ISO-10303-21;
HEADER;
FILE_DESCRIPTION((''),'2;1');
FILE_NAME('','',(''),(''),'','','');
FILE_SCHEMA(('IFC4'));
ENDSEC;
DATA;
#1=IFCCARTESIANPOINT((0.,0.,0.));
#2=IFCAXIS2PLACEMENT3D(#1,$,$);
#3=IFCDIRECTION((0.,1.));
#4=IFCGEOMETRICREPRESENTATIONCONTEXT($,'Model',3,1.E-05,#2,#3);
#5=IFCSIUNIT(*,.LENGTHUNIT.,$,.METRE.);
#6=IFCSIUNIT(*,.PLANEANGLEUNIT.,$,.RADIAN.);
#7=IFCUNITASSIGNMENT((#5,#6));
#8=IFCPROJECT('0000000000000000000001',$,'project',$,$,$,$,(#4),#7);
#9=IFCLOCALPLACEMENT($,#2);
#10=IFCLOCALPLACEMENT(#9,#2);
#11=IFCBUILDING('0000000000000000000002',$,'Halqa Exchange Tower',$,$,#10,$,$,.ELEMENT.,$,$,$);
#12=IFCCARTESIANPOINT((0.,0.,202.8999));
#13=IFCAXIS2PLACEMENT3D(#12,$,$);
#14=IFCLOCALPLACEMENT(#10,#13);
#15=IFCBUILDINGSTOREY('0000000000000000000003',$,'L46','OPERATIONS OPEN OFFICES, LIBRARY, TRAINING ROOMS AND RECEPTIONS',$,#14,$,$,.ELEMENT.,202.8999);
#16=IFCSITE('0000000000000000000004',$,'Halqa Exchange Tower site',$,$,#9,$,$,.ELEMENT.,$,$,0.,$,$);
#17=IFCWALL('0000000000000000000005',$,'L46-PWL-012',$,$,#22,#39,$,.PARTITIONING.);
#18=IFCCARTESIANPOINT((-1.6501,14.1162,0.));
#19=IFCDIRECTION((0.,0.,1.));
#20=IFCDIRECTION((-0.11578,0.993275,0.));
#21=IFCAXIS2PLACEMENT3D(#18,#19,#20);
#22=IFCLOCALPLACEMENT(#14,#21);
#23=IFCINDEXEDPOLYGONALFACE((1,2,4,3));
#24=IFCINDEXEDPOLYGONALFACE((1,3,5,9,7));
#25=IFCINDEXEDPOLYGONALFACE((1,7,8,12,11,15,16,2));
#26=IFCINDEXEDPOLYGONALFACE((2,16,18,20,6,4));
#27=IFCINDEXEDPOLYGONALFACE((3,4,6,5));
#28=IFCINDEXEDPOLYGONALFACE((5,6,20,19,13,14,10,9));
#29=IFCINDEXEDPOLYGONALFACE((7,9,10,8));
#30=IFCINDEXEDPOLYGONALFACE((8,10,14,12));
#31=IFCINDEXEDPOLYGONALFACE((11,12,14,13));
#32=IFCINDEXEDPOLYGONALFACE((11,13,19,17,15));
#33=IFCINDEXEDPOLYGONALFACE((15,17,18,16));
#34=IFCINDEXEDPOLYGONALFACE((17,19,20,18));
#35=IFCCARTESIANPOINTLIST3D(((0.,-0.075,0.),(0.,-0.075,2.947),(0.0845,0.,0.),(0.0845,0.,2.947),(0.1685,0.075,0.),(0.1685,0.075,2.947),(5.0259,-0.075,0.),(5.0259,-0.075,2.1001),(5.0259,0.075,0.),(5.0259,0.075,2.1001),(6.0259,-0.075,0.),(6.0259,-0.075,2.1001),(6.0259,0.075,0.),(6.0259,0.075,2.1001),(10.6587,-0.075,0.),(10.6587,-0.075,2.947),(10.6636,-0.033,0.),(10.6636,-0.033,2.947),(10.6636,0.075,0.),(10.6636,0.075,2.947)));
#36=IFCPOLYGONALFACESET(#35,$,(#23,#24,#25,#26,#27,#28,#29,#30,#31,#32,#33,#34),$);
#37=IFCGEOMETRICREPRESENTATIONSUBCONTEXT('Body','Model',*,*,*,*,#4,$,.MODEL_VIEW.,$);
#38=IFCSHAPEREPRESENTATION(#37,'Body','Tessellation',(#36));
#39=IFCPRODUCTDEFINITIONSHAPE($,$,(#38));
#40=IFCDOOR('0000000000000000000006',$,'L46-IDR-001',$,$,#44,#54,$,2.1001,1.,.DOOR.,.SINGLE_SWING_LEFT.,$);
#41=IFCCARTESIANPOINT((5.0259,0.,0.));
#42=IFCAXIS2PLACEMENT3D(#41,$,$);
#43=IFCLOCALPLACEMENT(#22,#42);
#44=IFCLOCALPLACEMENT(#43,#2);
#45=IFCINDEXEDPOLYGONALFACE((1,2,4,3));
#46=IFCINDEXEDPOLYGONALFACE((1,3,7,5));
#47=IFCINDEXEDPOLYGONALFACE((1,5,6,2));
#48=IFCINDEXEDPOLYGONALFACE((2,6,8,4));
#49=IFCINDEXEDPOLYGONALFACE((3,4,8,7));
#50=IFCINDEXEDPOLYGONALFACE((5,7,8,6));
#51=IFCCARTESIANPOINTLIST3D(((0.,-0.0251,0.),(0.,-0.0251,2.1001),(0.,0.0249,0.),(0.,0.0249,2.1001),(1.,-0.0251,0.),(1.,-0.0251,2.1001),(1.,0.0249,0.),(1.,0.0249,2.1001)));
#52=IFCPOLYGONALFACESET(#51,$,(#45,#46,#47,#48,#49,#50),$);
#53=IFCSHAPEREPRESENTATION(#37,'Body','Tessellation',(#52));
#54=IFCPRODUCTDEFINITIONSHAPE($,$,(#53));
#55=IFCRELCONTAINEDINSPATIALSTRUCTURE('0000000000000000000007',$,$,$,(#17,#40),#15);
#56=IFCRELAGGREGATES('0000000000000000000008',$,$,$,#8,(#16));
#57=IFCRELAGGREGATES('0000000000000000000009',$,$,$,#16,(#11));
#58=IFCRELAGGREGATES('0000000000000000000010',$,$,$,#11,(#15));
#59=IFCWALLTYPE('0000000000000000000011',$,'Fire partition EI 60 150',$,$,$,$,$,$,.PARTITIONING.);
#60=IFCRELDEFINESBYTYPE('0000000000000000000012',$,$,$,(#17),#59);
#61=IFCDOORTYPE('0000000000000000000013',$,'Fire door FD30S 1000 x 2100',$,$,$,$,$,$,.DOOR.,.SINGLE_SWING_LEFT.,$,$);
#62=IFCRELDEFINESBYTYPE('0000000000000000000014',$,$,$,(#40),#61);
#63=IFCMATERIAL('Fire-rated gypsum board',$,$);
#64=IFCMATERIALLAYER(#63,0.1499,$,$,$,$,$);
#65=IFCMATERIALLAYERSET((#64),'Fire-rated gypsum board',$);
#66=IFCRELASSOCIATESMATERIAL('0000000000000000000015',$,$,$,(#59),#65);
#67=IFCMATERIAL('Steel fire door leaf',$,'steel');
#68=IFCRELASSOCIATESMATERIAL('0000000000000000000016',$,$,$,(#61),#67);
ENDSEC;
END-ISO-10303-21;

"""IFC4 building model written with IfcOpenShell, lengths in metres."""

from ifc_helpers import new_model, si_unit, direction, frame, frame_2d, origin, place, context, subcontext, project, spatial, polyline, rectangle, outline, extrude, material, layer, layer_set, type_object, element, fill, save


model = new_model("IFC4")

# Units and contexts
model_context = context("Model", 3, precision=1e-05, world=origin(), true_north=direction((0.0, 1.0)))
body_context = subcontext(model_context, "Body", "Model", "MODEL_VIEW")
ifc_project = project(units=[si_unit("LENGTHUNIT", "METRE"), si_unit("PLANEANGLEUNIT", "RADIAN")], contexts=[model_context])

# Site, building, storey
site_placement = place(None, origin())
site = spatial("IfcSite", under=ifc_project, at=site_placement, Name="Halqa Exchange Tower site", CompositionType="ELEMENT", RefElevation=0.0)
building_placement = place(site_placement, origin())
building = spatial("IfcBuilding", under=site, at=building_placement, Name="Halqa Exchange Tower", CompositionType="ELEMENT")
storey_placement = place(building_placement, frame((0.0, 0.0, 202.8999)))
storey = spatial("IfcBuildingStorey", under=building, at=storey_placement, Name="L46", Description="OPERATIONS OPEN OFFICES, LIBRARY, TRAINING ROOMS AND RECEPTIONS", CompositionType="ELEMENT", Elevation=202.8999)

# Shared definitions
ifc_material_1 = material(Name="Fire-rated gypsum board")
ifc_layer_1 = layer(ifc_material_1, 0.1499)
ifc_layer_set_1 = layer_set([ifc_layer_1], Name="Fire-rated gypsum board")
wall_type_1 = type_object("IfcWallType", Name="Fire partition EI 60 150", PredefinedType="PARTITIONING", material=ifc_layer_set_1)

# Wall, opening, door
wall_1_placement = place(storey_placement, frame((-1.6501, 14.1162, 0.0), z_axis=(0.0, 0.0, 1.0), x_axis=(-0.11578, 0.993275, 0.0)))
wall_1 = element("IfcWall", 1, at=wall_1_placement, inside=storey, type_object=wall_type_1, Name="L46-PWL-012", PredefinedType="PARTITIONING", context=body_context, shape_type="SweptSolid", body=[
    extrude(outline(polyline([(0.0, -0.075), (1.7766, -0.075), (3.553, -0.075), (5.3293, -0.075), (7.1057, -0.075), (8.8823, -0.075), (10.6587, -0.075), (10.6636, -0.033), (10.6636, 0.075), (8.9143, 0.075), (7.1653, 0.075), (5.416, 0.075), (3.6667, 0.075), (1.9177, 0.075), (0.1685, 0.075), (0.0845, 0.0), (0.0, -0.075)])), origin(), (0.0, 0.0, 1.0), 2.947),
])
opening_1_placement = place(wall_1_placement, frame((5.0259, 0.0, 0.0)))
opening_1 = element("IfcOpeningElement", 2, at=opening_1_placement, cuts=wall_1, PredefinedType="OPENING", context=body_context, shape_type="SweptSolid", body=[
    extrude(rectangle(XDim=1.0, YDim=2.1001, at=frame_2d((0.5, 1.05))), frame((0.0, 0.0869, 0.0), z_axis=(0.0, -1.0, 0.0), x_axis=(1.0, 0.0, 0.0)), (0.0, 0.0, 1.0), 0.1738),
])
ifc_material_2 = material(Name="Steel fire door leaf", Category="steel")
door_type = type_object("IfcDoorType", Name="Fire door FD30S 1000 x 2100", OperationType="SINGLE_SWING_LEFT", PredefinedType="DOOR", material=ifc_material_2)
door_placement = place(opening_1_placement, origin())
door = element("IfcDoor", 3, at=door_placement, inside=storey, type_object=door_type, Name="L46-IDR-001", OperationType="SINGLE_SWING_LEFT", OverallHeight=2.1001, OverallWidth=1.0, PredefinedType="DOOR", context=body_context, shape_type="SweptSolid", body=[
    extrude(rectangle(XDim=1.0, YDim=2.1001, at=frame_2d((0.5, 1.05))), frame((0.0, 0.0249, 0.0), z_axis=(0.0, -1.0, 0.0), x_axis=(1.0, 0.0, 0.0)), (0.0, 0.0, 1.0), 0.05),
])
fill(opening_1, door)

save(model, "model.ifc")
